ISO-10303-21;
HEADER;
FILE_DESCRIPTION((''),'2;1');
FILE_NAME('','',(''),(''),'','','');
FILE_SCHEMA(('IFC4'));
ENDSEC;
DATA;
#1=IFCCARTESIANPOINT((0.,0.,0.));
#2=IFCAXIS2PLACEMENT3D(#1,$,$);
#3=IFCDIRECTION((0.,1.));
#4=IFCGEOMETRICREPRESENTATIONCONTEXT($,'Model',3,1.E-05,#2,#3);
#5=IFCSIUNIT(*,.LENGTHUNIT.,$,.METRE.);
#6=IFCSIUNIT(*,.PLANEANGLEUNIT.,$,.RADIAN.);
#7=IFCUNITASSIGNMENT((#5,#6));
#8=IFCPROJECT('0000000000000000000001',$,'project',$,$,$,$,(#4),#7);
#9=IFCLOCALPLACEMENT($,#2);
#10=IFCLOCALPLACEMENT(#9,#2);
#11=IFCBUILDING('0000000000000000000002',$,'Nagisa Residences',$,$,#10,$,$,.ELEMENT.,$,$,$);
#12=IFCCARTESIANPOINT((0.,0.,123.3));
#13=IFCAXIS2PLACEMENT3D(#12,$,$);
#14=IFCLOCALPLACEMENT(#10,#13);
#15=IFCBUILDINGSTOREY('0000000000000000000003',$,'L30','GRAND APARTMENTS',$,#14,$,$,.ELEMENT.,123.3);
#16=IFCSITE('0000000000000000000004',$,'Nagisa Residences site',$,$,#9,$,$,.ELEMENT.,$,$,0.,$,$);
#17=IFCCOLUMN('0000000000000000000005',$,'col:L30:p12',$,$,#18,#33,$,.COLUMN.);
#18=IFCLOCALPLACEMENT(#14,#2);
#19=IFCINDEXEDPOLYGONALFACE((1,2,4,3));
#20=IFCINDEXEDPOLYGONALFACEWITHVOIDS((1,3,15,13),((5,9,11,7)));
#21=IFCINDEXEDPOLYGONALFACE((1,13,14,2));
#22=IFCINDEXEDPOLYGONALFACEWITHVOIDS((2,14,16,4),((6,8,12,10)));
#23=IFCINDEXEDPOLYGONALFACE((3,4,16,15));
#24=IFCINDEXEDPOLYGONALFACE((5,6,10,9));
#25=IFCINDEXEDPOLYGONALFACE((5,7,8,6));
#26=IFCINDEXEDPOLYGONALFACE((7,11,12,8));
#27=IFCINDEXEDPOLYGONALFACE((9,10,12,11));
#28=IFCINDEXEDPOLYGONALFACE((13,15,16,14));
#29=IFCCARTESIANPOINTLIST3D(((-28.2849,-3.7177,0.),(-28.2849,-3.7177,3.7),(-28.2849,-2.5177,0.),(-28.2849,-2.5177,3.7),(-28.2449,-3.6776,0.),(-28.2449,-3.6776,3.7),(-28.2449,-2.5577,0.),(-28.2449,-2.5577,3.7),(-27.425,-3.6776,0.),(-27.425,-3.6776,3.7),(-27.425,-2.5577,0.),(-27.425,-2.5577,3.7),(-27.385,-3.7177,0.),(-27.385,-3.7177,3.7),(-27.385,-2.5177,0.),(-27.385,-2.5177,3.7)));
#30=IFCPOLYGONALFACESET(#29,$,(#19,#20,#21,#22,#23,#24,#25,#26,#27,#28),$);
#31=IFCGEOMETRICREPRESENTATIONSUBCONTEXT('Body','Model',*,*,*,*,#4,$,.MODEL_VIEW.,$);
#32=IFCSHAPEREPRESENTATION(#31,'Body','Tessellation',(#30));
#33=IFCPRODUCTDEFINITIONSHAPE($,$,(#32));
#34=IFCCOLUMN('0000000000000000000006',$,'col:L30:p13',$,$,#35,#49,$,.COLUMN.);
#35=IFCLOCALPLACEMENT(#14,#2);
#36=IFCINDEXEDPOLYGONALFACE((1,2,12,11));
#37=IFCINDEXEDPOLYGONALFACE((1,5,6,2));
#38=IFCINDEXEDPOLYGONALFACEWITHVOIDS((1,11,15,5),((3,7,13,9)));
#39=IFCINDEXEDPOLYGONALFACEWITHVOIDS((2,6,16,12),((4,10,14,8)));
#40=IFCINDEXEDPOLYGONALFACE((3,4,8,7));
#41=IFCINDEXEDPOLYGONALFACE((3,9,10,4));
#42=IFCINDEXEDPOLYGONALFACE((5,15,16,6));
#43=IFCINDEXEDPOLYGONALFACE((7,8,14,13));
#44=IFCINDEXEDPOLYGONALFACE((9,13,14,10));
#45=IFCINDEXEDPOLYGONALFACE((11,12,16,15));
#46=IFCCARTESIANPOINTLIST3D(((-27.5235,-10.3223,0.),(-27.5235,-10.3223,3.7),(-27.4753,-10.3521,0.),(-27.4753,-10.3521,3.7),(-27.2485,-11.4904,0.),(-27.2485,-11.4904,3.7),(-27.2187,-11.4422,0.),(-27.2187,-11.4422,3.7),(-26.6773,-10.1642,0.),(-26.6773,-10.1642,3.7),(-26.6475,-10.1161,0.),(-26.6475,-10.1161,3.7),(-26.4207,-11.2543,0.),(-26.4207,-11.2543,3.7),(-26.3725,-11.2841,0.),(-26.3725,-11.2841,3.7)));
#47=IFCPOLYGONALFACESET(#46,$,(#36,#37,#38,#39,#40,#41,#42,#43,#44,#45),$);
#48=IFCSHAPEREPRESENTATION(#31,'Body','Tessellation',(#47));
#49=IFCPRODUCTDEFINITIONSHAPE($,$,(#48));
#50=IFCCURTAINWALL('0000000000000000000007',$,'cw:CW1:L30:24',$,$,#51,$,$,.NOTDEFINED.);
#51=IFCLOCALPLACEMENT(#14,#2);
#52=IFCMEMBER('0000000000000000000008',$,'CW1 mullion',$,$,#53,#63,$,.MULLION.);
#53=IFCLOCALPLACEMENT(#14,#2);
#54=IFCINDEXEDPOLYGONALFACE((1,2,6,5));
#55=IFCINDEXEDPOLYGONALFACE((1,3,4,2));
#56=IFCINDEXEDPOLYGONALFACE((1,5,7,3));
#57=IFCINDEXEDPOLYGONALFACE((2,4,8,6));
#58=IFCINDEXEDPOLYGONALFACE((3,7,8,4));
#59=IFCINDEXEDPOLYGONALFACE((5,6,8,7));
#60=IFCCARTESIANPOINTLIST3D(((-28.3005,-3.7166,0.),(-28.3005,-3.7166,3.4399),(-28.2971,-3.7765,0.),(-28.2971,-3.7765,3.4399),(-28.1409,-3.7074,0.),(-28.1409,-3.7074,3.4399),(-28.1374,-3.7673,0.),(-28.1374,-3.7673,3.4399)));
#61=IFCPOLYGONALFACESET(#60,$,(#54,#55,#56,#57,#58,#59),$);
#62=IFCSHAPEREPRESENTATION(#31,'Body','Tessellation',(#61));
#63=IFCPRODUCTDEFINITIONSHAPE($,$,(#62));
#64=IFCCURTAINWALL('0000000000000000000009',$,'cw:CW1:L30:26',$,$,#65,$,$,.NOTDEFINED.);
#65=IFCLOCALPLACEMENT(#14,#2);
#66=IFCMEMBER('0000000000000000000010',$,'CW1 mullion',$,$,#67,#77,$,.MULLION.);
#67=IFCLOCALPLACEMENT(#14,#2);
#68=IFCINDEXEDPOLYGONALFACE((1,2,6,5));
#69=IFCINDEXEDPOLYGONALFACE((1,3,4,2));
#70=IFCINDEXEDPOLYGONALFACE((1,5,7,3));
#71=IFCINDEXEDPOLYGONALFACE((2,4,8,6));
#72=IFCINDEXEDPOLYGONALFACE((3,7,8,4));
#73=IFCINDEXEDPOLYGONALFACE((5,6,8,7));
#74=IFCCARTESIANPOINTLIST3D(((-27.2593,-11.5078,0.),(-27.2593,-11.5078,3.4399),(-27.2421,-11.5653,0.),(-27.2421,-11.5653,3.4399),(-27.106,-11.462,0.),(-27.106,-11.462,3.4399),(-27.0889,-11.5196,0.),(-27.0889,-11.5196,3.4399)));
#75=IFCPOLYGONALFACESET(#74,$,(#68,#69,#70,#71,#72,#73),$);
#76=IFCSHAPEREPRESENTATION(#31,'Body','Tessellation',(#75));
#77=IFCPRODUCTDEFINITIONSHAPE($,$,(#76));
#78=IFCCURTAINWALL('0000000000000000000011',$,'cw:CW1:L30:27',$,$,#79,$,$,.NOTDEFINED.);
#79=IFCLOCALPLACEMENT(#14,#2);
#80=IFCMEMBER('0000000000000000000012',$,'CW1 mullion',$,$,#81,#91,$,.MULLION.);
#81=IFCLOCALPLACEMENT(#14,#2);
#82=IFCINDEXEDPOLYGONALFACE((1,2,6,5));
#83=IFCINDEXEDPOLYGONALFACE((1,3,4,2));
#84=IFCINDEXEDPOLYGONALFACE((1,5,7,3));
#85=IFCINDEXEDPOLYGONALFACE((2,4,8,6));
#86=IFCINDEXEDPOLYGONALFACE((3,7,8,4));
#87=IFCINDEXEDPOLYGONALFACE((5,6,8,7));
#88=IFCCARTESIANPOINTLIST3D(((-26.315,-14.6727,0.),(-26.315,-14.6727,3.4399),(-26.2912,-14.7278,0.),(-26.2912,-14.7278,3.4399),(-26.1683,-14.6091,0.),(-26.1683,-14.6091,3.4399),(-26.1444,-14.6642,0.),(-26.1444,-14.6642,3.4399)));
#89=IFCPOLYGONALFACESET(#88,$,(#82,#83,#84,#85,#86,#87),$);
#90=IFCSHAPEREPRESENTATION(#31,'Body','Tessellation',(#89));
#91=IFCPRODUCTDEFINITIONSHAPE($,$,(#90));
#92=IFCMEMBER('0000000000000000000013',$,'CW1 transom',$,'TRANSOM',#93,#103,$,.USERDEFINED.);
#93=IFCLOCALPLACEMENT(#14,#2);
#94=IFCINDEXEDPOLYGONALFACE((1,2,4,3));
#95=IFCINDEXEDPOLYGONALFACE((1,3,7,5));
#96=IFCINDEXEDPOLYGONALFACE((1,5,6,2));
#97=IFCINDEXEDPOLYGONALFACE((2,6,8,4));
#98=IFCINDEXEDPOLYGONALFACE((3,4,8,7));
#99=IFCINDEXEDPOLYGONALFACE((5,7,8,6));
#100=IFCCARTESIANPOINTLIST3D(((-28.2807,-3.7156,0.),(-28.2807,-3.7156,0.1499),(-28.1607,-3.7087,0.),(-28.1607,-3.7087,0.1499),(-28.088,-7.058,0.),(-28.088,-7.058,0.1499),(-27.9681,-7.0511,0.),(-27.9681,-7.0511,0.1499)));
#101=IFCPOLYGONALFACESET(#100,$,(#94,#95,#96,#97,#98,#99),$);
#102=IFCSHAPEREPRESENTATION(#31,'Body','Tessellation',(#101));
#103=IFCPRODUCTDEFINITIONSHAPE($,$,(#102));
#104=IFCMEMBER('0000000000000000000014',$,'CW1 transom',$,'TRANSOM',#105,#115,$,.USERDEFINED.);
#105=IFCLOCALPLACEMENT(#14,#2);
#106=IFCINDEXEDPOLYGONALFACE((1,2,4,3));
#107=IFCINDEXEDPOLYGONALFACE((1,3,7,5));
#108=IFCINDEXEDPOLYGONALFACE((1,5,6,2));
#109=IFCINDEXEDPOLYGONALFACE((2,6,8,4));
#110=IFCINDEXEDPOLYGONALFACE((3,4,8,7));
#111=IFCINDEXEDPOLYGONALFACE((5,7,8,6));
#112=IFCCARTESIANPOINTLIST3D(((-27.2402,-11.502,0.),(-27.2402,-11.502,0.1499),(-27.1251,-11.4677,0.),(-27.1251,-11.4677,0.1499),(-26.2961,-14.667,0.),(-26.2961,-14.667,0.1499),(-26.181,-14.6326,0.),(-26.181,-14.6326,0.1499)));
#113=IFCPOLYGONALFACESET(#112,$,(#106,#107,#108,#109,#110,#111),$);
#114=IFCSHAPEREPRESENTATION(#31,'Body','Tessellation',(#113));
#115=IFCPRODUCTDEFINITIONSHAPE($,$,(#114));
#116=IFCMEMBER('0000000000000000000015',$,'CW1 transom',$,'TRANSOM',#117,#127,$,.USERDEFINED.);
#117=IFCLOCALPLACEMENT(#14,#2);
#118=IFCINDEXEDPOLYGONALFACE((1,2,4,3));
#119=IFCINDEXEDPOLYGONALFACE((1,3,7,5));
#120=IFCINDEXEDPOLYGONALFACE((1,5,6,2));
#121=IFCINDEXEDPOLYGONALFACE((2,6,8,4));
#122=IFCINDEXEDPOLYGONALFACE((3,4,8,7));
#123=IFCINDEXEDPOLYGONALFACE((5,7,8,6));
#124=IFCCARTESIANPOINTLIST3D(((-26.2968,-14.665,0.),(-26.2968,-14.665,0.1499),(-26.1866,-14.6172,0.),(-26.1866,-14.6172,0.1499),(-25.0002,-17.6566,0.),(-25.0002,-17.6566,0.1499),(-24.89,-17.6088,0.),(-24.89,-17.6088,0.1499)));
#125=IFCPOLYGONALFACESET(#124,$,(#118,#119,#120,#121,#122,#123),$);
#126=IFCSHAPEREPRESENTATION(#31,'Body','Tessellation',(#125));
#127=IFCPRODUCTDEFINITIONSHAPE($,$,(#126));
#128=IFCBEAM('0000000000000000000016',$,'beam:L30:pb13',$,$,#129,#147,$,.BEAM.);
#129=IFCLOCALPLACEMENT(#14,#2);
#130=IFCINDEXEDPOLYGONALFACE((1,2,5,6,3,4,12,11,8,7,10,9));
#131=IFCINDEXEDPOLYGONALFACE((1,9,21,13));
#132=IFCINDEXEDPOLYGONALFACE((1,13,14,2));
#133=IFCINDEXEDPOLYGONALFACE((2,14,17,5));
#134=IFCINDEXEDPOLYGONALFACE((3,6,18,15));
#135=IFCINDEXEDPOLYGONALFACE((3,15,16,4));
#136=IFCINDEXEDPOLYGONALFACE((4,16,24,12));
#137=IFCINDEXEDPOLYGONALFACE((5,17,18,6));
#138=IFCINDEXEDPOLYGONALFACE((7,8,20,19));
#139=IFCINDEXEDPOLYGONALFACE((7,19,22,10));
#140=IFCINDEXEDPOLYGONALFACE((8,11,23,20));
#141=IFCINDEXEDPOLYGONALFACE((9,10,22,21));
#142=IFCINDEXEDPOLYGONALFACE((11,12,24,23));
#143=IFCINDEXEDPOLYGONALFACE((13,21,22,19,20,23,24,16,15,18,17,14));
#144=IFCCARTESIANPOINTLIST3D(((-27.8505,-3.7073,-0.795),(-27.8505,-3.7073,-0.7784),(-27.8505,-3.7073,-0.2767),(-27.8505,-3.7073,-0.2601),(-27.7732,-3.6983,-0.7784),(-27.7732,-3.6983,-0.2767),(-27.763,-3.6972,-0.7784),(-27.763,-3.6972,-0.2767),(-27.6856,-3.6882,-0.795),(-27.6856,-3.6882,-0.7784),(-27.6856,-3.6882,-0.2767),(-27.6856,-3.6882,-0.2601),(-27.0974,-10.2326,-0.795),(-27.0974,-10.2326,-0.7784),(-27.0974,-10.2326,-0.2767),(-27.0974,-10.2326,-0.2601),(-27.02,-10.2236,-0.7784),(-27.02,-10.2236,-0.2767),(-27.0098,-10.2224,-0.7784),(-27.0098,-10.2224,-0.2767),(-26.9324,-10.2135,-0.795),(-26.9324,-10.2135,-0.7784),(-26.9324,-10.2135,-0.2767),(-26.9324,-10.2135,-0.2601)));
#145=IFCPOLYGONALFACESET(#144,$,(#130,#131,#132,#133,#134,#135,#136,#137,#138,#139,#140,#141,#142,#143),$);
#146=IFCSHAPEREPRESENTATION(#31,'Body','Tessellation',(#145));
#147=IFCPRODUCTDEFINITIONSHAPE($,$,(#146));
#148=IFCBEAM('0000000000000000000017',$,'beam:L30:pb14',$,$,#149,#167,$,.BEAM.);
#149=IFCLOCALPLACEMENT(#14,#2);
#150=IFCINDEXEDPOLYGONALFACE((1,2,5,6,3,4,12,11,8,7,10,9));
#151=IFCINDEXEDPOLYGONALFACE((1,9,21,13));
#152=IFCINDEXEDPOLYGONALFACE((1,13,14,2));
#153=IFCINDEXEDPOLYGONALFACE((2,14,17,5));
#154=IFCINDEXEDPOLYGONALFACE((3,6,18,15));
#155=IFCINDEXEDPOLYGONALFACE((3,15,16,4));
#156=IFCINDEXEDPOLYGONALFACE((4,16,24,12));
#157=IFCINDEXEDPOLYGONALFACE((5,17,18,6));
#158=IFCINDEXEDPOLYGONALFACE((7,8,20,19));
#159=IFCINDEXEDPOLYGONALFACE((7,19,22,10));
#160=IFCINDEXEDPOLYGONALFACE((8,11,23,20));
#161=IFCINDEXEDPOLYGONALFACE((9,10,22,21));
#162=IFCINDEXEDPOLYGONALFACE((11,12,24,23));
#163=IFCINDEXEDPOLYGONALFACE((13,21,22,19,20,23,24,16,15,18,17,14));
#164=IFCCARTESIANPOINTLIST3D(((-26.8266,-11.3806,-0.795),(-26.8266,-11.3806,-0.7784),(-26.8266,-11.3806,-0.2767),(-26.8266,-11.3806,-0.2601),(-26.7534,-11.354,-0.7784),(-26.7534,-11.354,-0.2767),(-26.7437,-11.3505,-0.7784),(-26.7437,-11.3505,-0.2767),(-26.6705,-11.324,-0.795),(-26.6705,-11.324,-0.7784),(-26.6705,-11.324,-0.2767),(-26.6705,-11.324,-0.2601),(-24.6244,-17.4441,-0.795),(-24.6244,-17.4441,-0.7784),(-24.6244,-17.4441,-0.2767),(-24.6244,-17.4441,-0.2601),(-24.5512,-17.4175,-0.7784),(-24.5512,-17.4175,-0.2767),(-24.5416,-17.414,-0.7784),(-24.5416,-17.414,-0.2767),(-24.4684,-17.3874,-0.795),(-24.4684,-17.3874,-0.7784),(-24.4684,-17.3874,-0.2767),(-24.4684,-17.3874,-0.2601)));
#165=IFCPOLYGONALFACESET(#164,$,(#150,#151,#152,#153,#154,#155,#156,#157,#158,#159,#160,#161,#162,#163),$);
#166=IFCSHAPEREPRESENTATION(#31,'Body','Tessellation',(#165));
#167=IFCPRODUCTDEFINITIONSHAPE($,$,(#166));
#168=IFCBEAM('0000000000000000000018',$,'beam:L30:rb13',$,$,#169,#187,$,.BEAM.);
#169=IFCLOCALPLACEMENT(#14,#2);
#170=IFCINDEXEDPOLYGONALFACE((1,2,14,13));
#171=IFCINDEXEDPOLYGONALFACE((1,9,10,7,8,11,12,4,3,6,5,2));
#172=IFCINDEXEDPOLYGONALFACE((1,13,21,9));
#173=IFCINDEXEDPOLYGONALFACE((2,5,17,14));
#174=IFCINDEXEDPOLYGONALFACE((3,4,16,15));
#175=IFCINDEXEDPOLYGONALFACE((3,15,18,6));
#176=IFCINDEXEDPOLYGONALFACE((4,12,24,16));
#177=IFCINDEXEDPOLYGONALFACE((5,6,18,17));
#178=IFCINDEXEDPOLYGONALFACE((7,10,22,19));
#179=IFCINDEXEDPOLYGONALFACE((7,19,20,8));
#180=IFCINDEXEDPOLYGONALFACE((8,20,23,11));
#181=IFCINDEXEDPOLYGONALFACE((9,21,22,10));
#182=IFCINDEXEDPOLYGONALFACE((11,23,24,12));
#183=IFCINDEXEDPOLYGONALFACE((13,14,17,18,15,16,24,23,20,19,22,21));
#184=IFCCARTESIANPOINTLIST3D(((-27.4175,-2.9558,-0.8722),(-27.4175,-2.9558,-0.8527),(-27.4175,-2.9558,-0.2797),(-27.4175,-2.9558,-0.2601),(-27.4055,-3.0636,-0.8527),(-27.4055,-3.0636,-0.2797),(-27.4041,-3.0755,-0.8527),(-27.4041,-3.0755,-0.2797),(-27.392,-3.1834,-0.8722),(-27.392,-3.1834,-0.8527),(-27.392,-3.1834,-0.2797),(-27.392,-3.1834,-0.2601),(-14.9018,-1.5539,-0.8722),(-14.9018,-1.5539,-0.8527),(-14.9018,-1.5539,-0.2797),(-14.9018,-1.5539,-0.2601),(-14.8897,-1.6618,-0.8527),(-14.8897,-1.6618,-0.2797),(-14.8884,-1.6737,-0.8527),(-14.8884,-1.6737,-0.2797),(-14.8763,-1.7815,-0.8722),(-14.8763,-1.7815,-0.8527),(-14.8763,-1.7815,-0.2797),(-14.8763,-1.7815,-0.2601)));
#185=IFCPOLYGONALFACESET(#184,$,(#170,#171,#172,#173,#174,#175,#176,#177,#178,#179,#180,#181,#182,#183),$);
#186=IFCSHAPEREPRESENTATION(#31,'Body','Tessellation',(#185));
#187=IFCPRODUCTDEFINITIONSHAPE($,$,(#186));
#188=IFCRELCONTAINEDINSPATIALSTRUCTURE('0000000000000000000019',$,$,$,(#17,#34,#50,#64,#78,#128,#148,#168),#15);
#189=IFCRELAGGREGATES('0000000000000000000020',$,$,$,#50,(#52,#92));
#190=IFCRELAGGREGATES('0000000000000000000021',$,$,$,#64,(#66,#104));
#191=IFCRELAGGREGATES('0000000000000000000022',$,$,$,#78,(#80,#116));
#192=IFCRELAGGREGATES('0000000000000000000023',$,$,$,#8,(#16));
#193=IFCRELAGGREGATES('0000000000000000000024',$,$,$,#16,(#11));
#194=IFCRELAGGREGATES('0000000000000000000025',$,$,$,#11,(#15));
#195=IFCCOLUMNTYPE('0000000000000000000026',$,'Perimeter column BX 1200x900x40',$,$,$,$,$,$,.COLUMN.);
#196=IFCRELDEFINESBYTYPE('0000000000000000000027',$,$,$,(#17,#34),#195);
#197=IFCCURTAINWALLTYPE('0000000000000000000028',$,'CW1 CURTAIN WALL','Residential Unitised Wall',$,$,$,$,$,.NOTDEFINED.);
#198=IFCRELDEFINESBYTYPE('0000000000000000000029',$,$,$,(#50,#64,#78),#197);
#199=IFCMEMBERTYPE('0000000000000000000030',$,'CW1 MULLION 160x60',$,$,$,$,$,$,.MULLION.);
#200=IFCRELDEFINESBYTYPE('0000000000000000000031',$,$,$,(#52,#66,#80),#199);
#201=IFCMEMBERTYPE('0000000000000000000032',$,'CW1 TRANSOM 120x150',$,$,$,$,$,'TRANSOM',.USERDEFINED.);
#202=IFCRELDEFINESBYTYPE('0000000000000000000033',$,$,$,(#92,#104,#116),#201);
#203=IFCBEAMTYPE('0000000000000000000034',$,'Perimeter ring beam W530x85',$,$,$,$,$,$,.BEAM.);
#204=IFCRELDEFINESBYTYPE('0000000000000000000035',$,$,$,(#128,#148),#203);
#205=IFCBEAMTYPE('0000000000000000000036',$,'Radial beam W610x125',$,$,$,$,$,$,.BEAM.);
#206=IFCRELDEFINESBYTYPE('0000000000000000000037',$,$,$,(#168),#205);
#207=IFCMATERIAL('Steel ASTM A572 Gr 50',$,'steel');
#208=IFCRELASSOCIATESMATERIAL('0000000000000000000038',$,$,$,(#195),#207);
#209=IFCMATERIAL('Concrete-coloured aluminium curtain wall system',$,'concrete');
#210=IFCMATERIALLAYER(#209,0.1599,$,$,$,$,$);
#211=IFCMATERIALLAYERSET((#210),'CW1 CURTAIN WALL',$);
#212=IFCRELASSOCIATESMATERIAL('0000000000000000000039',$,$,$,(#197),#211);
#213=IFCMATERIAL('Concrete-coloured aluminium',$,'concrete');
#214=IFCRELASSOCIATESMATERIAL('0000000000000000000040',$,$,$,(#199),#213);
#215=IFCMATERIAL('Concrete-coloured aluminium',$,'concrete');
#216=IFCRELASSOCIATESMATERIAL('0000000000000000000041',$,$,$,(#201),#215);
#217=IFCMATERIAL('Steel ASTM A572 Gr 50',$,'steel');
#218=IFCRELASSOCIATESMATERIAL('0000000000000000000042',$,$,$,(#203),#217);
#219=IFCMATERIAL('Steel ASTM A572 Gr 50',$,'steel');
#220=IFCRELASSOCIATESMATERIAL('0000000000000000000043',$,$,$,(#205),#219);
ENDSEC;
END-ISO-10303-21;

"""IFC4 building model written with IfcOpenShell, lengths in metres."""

from ifc_helpers import new_model, si_unit, direction, frame, origin, origin_2d, place, context, subcontext, project, spatial, rectangle, hollow_rectangle, i_section, extrude, material, layer, layer_set, material_profile, profile_set, type_object, element, aggregate, save


model = new_model("IFC4")

# Units and contexts
model_context = context("Model", 3, precision=1e-05, world=origin(), true_north=direction((0.0, 1.0)))
body_context = subcontext(model_context, "Body", "Model", "MODEL_VIEW")
ifc_project = project(units=[si_unit("LENGTHUNIT", "METRE"), si_unit("PLANEANGLEUNIT", "RADIAN")], contexts=[model_context])

# Site, building, storey
site_placement = place(None, origin())
site = spatial("IfcSite", under=ifc_project, at=site_placement, Name="Nagisa Residences site", CompositionType="ELEMENT", RefElevation=0.0)
building_placement = place(site_placement, origin())
building = spatial("IfcBuilding", under=site, at=building_placement, Name="Nagisa Residences", CompositionType="ELEMENT")
storey_placement = place(building_placement, frame((0.0, 0.0, 123.3)))
storey = spatial("IfcBuildingStorey", under=building, at=storey_placement, Name="L30", Description="GRAND APARTMENTS", CompositionType="ELEMENT", Elevation=123.3)

# Columns
ifc_material_1 = material(Name="Steel ASTM A572 Gr 50", Category="steel")
ifc_material_profile_1 = material_profile(ifc_material_1, hollow_rectangle(XDim=1.2, YDim=0.8999, WallThickness=0.04, at=origin_2d()), Name="BX 1200x900x40")
ifc_profile_set_1 = profile_set([ifc_material_profile_1], Name="Steel ASTM A572 Gr 50")
column_type = type_object("IfcColumnType", Name="Perimeter column BX 1200x900x40", PredefinedType="COLUMN", material=ifc_profile_set_1)
for number, where, z_axis, x_axis, name in (
    (1, (-27.835, -3.1177, 0.0), (0.0, 0.0, 1.0), (0.0, -1.0, 0.0), "col:L30:p12"),
    (2, (-26.948, -10.8032, 0.0), (0.0, 0.0, 1.0), (0.229202, -0.973379, 0.0), "col:L30:p13"),
):
    element("IfcColumn", number, at=place(storey_placement, frame(where, z_axis=z_axis, x_axis=x_axis)), inside=storey, type_object=column_type, Name=name, PredefinedType="COLUMN", context=body_context, shape_type="SweptSolid", body=[
        extrude(hollow_rectangle(XDim=1.2, YDim=0.8999, WallThickness=0.04, at=origin_2d()), origin(), (0.0, 0.0, 1.0), 3.7),
    ])

# Curtain walls, members
ifc_material_2 = material(Name="Concrete-coloured aluminium curtain wall system", Category="concrete")
ifc_layer_1 = layer(ifc_material_2, 0.1599)
ifc_layer_set_1 = layer_set([ifc_layer_1], Name="CW1 CURTAIN WALL")
curtain_wall_type = type_object("IfcCurtainWallType", Name="CW1 CURTAIN WALL", Description="Residential Unitised Wall", PredefinedType="NOTDEFINED", material=ifc_layer_set_1)
curtain_wall_1_placement = place(storey_placement, origin())
curtain_wall_1 = element("IfcCurtainWall", 3, at=curtain_wall_1_placement, inside=storey, type_object=curtain_wall_type, Name="cw:CW1:L30:24", PredefinedType="NOTDEFINED")
ifc_material_3 = material(Name="Concrete-coloured aluminium", Category="concrete")
ifc_material_profile_2 = material_profile(ifc_material_3, rectangle(XDim=0.1599, YDim=0.0601, at=origin_2d()), Name="CW1 MULLION 160x60")
ifc_profile_set_2 = profile_set([ifc_material_profile_2], Name="Concrete-coloured aluminium")
member_type_1 = type_object("IfcMemberType", Name="CW1 MULLION 160x60", PredefinedType="MULLION", material=ifc_profile_set_2)
member_1_placement = place(storey_placement, frame((-28.219, -3.7419, 0.0), z_axis=(0.0, 0.0, 1.0), x_axis=(0.998345, 0.057503, 0.0)))
member_1 = element("IfcMember", 4, at=member_1_placement, type_object=member_type_1, Name="CW1 mullion", PredefinedType="MULLION", context=body_context, shape_type="SweptSolid", body=[
    extrude(rectangle(XDim=0.1599, YDim=0.0601, at=origin_2d()), origin(), (0.0, 0.0, 1.0), 3.4399),
])
curtain_wall_2_placement = place(storey_placement, origin())
curtain_wall_2 = element("IfcCurtainWall", 5, at=curtain_wall_2_placement, inside=storey, type_object=curtain_wall_type, Name="cw:CW1:L30:26", PredefinedType="NOTDEFINED")
member_2_placement = place(storey_placement, frame((-27.1741, -11.5137, 0.0), z_axis=(0.0, 0.0, 1.0), x_axis=(0.958271, 0.28586, 0.0)))
member_2 = element("IfcMember", 6, at=member_2_placement, type_object=member_type_1, Name="CW1 mullion", PredefinedType="MULLION", context=body_context, shape_type="SweptSolid", body=[
    extrude(rectangle(XDim=0.1599, YDim=0.0601, at=origin_2d()), origin(), (0.0, 0.0, 1.0), 3.4399),
])
curtain_wall_3_placement = place(storey_placement, origin())
curtain_wall_3 = element("IfcCurtainWall", 7, at=curtain_wall_3_placement, inside=storey, type_object=curtain_wall_type, Name="cw:CW1:L30:27", PredefinedType="NOTDEFINED")
member_3_placement = place(storey_placement, frame((-26.2297, -14.6685, 0.0), z_axis=(0.0, 0.0, 1.0), x_axis=(0.917543, 0.397636, 0.0)))
member_3 = element("IfcMember", 8, at=member_3_placement, type_object=member_type_1, Name="CW1 mullion", PredefinedType="MULLION", context=body_context, shape_type="SweptSolid", body=[
    extrude(rectangle(XDim=0.1599, YDim=0.0601, at=origin_2d()), origin(), (0.0, 0.0, 1.0), 3.4399),
])

# Members
ifc_material_4 = material(Name="Concrete-coloured aluminium", Category="concrete")
ifc_material_profile_3 = material_profile(ifc_material_4, rectangle(XDim=0.1201, YDim=0.1499, at=origin_2d()), Name="CW1 TRANSOM 120x150")
ifc_profile_set_3 = profile_set([ifc_material_profile_3], Name="Concrete-coloured aluminium")
member_type_2 = type_object("IfcMemberType", Name="CW1 TRANSOM 120x150", ElementType="TRANSOM", PredefinedType="USERDEFINED", material=ifc_profile_set_3)
member_4_placement = place(storey_placement, frame((-28.2207, -3.7122, 0.075), z_axis=(0.057538, -0.998343, 0.0), x_axis=(0.998343, 0.057538, 0.0)))
member_4 = element("IfcMember", 9, at=member_4_placement, type_object=member_type_2, Name="CW1 transom", ObjectType="TRANSOM", PredefinedType="USERDEFINED", context=body_context, shape_type="SweptSolid", body=[
    extrude(rectangle(XDim=0.1201, YDim=0.1499, at=origin_2d()), origin(), (0.0, 0.0, 1.0), 3.3479),
])
member_5_placement = place(storey_placement, frame((-27.1826, -11.4849, 0.075), z_axis=(0.285842, -0.958277, 0.0), x_axis=(0.958277, 0.285842, 0.0)))
member_5 = element("IfcMember", 10, at=member_5_placement, type_object=member_type_2, Name="CW1 transom", ObjectType="TRANSOM", PredefinedType="USERDEFINED", context=body_context, shape_type="SweptSolid", body=[
    extrude(rectangle(XDim=0.1201, YDim=0.1499, at=origin_2d()), origin(), (0.0, 0.0, 1.0), 3.3027),
])
member_6_placement = place(storey_placement, frame((-26.2417, -14.6411, 0.075), z_axis=(0.397666, -0.91753, 0.0), x_axis=(0.91753, 0.397666, 0.0)))
member_6 = element("IfcMember", 11, at=member_6_placement, type_object=member_type_2, Name="CW1 transom", ObjectType="TRANSOM", PredefinedType="USERDEFINED", context=body_context, shape_type="SweptSolid", body=[
    extrude(rectangle(XDim=0.1201, YDim=0.1499, at=origin_2d()), origin(), (0.0, 0.0, 1.0), 3.2605),
])

# Beams
ifc_material_5 = material(Name="Steel ASTM A572 Gr 50", Category="steel")
ifc_material_profile_4 = material_profile(ifc_material_5, i_section(OverallWidth=0.166, OverallDepth=0.5349, WebThickness=0.0103, FlangeThickness=0.0166, at=origin_2d()), Name="W530x85")
ifc_profile_set_4 = profile_set([ifc_material_profile_4], Name="Steel ASTM A572 Gr 50")
beam_type_1 = type_object("IfcBeamType", Name="Perimeter ring beam W530x85", PredefinedType="BEAM", material=ifc_profile_set_4)
beam_1_placement = place(storey_placement, frame((-27.7681, -3.6978, -0.5276), z_axis=(0.114661, -0.993405, 0.0), x_axis=(0.993405, 0.114661, 0.0)))
element("IfcBeam", 12, at=beam_1_placement, inside=storey, type_object=beam_type_1, Name="beam:L30:pb13", PredefinedType="BEAM", context=body_context, shape_type="SweptSolid", body=[
    extrude(i_section(OverallWidth=0.166, OverallDepth=0.5349, WebThickness=0.0103, FlangeThickness=0.0166, at=origin_2d()), origin(), (0.0, 0.0, 1.0), 6.5686),
])
beam_2_placement = place(storey_placement, frame((-26.7485, -11.3523, -0.5276), z_axis=(0.341366, -0.93993, 0.0), x_axis=(0.93993, 0.341366, 0.0)))
element("IfcBeam", 13, at=beam_2_placement, inside=storey, type_object=beam_type_1, Name="beam:L30:pb14", PredefinedType="BEAM", context=body_context, shape_type="SweptSolid", body=[
    extrude(i_section(OverallWidth=0.166, OverallDepth=0.5349, WebThickness=0.0103, FlangeThickness=0.0166, at=origin_2d()), origin(), (0.0, 0.0, 1.0), 6.4509),
])
ifc_material_6 = material(Name="Steel ASTM A572 Gr 50", Category="steel")
ifc_material_profile_5 = material_profile(ifc_material_6, i_section(OverallWidth=0.229, OverallDepth=0.6121, WebThickness=0.012, FlangeThickness=0.0195, at=origin_2d()), Name="W610x125")
ifc_profile_set_5 = profile_set([ifc_material_profile_5], Name="Steel ASTM A572 Gr 50")
beam_type_2 = type_object("IfcBeamType", Name="Radial beam W610x125", PredefinedType="BEAM", material=ifc_profile_set_5)
beam_3_placement = place(storey_placement, frame((-27.4048, -3.0696, -0.5662), z_axis=(0.993785, 0.111312, 0.0), x_axis=(-0.111312, 0.993785, 0.0)))
element("IfcBeam", 14, at=beam_3_placement, inside=storey, type_object=beam_type_2, Name="beam:L30:rb13", PredefinedType="BEAM", context=body_context, shape_type="SweptSolid", body=[
    extrude(i_section(OverallWidth=0.229, OverallDepth=0.6121, WebThickness=0.012, FlangeThickness=0.0195, at=origin_2d()), origin(), (0.0, 0.0, 1.0), 12.594),
])

aggregate(curtain_wall_1, [member_1, member_4])
aggregate(curtain_wall_2, [member_2, member_5])
aggregate(curtain_wall_3, [member_3, member_6])

save(model, "model.ifc")
